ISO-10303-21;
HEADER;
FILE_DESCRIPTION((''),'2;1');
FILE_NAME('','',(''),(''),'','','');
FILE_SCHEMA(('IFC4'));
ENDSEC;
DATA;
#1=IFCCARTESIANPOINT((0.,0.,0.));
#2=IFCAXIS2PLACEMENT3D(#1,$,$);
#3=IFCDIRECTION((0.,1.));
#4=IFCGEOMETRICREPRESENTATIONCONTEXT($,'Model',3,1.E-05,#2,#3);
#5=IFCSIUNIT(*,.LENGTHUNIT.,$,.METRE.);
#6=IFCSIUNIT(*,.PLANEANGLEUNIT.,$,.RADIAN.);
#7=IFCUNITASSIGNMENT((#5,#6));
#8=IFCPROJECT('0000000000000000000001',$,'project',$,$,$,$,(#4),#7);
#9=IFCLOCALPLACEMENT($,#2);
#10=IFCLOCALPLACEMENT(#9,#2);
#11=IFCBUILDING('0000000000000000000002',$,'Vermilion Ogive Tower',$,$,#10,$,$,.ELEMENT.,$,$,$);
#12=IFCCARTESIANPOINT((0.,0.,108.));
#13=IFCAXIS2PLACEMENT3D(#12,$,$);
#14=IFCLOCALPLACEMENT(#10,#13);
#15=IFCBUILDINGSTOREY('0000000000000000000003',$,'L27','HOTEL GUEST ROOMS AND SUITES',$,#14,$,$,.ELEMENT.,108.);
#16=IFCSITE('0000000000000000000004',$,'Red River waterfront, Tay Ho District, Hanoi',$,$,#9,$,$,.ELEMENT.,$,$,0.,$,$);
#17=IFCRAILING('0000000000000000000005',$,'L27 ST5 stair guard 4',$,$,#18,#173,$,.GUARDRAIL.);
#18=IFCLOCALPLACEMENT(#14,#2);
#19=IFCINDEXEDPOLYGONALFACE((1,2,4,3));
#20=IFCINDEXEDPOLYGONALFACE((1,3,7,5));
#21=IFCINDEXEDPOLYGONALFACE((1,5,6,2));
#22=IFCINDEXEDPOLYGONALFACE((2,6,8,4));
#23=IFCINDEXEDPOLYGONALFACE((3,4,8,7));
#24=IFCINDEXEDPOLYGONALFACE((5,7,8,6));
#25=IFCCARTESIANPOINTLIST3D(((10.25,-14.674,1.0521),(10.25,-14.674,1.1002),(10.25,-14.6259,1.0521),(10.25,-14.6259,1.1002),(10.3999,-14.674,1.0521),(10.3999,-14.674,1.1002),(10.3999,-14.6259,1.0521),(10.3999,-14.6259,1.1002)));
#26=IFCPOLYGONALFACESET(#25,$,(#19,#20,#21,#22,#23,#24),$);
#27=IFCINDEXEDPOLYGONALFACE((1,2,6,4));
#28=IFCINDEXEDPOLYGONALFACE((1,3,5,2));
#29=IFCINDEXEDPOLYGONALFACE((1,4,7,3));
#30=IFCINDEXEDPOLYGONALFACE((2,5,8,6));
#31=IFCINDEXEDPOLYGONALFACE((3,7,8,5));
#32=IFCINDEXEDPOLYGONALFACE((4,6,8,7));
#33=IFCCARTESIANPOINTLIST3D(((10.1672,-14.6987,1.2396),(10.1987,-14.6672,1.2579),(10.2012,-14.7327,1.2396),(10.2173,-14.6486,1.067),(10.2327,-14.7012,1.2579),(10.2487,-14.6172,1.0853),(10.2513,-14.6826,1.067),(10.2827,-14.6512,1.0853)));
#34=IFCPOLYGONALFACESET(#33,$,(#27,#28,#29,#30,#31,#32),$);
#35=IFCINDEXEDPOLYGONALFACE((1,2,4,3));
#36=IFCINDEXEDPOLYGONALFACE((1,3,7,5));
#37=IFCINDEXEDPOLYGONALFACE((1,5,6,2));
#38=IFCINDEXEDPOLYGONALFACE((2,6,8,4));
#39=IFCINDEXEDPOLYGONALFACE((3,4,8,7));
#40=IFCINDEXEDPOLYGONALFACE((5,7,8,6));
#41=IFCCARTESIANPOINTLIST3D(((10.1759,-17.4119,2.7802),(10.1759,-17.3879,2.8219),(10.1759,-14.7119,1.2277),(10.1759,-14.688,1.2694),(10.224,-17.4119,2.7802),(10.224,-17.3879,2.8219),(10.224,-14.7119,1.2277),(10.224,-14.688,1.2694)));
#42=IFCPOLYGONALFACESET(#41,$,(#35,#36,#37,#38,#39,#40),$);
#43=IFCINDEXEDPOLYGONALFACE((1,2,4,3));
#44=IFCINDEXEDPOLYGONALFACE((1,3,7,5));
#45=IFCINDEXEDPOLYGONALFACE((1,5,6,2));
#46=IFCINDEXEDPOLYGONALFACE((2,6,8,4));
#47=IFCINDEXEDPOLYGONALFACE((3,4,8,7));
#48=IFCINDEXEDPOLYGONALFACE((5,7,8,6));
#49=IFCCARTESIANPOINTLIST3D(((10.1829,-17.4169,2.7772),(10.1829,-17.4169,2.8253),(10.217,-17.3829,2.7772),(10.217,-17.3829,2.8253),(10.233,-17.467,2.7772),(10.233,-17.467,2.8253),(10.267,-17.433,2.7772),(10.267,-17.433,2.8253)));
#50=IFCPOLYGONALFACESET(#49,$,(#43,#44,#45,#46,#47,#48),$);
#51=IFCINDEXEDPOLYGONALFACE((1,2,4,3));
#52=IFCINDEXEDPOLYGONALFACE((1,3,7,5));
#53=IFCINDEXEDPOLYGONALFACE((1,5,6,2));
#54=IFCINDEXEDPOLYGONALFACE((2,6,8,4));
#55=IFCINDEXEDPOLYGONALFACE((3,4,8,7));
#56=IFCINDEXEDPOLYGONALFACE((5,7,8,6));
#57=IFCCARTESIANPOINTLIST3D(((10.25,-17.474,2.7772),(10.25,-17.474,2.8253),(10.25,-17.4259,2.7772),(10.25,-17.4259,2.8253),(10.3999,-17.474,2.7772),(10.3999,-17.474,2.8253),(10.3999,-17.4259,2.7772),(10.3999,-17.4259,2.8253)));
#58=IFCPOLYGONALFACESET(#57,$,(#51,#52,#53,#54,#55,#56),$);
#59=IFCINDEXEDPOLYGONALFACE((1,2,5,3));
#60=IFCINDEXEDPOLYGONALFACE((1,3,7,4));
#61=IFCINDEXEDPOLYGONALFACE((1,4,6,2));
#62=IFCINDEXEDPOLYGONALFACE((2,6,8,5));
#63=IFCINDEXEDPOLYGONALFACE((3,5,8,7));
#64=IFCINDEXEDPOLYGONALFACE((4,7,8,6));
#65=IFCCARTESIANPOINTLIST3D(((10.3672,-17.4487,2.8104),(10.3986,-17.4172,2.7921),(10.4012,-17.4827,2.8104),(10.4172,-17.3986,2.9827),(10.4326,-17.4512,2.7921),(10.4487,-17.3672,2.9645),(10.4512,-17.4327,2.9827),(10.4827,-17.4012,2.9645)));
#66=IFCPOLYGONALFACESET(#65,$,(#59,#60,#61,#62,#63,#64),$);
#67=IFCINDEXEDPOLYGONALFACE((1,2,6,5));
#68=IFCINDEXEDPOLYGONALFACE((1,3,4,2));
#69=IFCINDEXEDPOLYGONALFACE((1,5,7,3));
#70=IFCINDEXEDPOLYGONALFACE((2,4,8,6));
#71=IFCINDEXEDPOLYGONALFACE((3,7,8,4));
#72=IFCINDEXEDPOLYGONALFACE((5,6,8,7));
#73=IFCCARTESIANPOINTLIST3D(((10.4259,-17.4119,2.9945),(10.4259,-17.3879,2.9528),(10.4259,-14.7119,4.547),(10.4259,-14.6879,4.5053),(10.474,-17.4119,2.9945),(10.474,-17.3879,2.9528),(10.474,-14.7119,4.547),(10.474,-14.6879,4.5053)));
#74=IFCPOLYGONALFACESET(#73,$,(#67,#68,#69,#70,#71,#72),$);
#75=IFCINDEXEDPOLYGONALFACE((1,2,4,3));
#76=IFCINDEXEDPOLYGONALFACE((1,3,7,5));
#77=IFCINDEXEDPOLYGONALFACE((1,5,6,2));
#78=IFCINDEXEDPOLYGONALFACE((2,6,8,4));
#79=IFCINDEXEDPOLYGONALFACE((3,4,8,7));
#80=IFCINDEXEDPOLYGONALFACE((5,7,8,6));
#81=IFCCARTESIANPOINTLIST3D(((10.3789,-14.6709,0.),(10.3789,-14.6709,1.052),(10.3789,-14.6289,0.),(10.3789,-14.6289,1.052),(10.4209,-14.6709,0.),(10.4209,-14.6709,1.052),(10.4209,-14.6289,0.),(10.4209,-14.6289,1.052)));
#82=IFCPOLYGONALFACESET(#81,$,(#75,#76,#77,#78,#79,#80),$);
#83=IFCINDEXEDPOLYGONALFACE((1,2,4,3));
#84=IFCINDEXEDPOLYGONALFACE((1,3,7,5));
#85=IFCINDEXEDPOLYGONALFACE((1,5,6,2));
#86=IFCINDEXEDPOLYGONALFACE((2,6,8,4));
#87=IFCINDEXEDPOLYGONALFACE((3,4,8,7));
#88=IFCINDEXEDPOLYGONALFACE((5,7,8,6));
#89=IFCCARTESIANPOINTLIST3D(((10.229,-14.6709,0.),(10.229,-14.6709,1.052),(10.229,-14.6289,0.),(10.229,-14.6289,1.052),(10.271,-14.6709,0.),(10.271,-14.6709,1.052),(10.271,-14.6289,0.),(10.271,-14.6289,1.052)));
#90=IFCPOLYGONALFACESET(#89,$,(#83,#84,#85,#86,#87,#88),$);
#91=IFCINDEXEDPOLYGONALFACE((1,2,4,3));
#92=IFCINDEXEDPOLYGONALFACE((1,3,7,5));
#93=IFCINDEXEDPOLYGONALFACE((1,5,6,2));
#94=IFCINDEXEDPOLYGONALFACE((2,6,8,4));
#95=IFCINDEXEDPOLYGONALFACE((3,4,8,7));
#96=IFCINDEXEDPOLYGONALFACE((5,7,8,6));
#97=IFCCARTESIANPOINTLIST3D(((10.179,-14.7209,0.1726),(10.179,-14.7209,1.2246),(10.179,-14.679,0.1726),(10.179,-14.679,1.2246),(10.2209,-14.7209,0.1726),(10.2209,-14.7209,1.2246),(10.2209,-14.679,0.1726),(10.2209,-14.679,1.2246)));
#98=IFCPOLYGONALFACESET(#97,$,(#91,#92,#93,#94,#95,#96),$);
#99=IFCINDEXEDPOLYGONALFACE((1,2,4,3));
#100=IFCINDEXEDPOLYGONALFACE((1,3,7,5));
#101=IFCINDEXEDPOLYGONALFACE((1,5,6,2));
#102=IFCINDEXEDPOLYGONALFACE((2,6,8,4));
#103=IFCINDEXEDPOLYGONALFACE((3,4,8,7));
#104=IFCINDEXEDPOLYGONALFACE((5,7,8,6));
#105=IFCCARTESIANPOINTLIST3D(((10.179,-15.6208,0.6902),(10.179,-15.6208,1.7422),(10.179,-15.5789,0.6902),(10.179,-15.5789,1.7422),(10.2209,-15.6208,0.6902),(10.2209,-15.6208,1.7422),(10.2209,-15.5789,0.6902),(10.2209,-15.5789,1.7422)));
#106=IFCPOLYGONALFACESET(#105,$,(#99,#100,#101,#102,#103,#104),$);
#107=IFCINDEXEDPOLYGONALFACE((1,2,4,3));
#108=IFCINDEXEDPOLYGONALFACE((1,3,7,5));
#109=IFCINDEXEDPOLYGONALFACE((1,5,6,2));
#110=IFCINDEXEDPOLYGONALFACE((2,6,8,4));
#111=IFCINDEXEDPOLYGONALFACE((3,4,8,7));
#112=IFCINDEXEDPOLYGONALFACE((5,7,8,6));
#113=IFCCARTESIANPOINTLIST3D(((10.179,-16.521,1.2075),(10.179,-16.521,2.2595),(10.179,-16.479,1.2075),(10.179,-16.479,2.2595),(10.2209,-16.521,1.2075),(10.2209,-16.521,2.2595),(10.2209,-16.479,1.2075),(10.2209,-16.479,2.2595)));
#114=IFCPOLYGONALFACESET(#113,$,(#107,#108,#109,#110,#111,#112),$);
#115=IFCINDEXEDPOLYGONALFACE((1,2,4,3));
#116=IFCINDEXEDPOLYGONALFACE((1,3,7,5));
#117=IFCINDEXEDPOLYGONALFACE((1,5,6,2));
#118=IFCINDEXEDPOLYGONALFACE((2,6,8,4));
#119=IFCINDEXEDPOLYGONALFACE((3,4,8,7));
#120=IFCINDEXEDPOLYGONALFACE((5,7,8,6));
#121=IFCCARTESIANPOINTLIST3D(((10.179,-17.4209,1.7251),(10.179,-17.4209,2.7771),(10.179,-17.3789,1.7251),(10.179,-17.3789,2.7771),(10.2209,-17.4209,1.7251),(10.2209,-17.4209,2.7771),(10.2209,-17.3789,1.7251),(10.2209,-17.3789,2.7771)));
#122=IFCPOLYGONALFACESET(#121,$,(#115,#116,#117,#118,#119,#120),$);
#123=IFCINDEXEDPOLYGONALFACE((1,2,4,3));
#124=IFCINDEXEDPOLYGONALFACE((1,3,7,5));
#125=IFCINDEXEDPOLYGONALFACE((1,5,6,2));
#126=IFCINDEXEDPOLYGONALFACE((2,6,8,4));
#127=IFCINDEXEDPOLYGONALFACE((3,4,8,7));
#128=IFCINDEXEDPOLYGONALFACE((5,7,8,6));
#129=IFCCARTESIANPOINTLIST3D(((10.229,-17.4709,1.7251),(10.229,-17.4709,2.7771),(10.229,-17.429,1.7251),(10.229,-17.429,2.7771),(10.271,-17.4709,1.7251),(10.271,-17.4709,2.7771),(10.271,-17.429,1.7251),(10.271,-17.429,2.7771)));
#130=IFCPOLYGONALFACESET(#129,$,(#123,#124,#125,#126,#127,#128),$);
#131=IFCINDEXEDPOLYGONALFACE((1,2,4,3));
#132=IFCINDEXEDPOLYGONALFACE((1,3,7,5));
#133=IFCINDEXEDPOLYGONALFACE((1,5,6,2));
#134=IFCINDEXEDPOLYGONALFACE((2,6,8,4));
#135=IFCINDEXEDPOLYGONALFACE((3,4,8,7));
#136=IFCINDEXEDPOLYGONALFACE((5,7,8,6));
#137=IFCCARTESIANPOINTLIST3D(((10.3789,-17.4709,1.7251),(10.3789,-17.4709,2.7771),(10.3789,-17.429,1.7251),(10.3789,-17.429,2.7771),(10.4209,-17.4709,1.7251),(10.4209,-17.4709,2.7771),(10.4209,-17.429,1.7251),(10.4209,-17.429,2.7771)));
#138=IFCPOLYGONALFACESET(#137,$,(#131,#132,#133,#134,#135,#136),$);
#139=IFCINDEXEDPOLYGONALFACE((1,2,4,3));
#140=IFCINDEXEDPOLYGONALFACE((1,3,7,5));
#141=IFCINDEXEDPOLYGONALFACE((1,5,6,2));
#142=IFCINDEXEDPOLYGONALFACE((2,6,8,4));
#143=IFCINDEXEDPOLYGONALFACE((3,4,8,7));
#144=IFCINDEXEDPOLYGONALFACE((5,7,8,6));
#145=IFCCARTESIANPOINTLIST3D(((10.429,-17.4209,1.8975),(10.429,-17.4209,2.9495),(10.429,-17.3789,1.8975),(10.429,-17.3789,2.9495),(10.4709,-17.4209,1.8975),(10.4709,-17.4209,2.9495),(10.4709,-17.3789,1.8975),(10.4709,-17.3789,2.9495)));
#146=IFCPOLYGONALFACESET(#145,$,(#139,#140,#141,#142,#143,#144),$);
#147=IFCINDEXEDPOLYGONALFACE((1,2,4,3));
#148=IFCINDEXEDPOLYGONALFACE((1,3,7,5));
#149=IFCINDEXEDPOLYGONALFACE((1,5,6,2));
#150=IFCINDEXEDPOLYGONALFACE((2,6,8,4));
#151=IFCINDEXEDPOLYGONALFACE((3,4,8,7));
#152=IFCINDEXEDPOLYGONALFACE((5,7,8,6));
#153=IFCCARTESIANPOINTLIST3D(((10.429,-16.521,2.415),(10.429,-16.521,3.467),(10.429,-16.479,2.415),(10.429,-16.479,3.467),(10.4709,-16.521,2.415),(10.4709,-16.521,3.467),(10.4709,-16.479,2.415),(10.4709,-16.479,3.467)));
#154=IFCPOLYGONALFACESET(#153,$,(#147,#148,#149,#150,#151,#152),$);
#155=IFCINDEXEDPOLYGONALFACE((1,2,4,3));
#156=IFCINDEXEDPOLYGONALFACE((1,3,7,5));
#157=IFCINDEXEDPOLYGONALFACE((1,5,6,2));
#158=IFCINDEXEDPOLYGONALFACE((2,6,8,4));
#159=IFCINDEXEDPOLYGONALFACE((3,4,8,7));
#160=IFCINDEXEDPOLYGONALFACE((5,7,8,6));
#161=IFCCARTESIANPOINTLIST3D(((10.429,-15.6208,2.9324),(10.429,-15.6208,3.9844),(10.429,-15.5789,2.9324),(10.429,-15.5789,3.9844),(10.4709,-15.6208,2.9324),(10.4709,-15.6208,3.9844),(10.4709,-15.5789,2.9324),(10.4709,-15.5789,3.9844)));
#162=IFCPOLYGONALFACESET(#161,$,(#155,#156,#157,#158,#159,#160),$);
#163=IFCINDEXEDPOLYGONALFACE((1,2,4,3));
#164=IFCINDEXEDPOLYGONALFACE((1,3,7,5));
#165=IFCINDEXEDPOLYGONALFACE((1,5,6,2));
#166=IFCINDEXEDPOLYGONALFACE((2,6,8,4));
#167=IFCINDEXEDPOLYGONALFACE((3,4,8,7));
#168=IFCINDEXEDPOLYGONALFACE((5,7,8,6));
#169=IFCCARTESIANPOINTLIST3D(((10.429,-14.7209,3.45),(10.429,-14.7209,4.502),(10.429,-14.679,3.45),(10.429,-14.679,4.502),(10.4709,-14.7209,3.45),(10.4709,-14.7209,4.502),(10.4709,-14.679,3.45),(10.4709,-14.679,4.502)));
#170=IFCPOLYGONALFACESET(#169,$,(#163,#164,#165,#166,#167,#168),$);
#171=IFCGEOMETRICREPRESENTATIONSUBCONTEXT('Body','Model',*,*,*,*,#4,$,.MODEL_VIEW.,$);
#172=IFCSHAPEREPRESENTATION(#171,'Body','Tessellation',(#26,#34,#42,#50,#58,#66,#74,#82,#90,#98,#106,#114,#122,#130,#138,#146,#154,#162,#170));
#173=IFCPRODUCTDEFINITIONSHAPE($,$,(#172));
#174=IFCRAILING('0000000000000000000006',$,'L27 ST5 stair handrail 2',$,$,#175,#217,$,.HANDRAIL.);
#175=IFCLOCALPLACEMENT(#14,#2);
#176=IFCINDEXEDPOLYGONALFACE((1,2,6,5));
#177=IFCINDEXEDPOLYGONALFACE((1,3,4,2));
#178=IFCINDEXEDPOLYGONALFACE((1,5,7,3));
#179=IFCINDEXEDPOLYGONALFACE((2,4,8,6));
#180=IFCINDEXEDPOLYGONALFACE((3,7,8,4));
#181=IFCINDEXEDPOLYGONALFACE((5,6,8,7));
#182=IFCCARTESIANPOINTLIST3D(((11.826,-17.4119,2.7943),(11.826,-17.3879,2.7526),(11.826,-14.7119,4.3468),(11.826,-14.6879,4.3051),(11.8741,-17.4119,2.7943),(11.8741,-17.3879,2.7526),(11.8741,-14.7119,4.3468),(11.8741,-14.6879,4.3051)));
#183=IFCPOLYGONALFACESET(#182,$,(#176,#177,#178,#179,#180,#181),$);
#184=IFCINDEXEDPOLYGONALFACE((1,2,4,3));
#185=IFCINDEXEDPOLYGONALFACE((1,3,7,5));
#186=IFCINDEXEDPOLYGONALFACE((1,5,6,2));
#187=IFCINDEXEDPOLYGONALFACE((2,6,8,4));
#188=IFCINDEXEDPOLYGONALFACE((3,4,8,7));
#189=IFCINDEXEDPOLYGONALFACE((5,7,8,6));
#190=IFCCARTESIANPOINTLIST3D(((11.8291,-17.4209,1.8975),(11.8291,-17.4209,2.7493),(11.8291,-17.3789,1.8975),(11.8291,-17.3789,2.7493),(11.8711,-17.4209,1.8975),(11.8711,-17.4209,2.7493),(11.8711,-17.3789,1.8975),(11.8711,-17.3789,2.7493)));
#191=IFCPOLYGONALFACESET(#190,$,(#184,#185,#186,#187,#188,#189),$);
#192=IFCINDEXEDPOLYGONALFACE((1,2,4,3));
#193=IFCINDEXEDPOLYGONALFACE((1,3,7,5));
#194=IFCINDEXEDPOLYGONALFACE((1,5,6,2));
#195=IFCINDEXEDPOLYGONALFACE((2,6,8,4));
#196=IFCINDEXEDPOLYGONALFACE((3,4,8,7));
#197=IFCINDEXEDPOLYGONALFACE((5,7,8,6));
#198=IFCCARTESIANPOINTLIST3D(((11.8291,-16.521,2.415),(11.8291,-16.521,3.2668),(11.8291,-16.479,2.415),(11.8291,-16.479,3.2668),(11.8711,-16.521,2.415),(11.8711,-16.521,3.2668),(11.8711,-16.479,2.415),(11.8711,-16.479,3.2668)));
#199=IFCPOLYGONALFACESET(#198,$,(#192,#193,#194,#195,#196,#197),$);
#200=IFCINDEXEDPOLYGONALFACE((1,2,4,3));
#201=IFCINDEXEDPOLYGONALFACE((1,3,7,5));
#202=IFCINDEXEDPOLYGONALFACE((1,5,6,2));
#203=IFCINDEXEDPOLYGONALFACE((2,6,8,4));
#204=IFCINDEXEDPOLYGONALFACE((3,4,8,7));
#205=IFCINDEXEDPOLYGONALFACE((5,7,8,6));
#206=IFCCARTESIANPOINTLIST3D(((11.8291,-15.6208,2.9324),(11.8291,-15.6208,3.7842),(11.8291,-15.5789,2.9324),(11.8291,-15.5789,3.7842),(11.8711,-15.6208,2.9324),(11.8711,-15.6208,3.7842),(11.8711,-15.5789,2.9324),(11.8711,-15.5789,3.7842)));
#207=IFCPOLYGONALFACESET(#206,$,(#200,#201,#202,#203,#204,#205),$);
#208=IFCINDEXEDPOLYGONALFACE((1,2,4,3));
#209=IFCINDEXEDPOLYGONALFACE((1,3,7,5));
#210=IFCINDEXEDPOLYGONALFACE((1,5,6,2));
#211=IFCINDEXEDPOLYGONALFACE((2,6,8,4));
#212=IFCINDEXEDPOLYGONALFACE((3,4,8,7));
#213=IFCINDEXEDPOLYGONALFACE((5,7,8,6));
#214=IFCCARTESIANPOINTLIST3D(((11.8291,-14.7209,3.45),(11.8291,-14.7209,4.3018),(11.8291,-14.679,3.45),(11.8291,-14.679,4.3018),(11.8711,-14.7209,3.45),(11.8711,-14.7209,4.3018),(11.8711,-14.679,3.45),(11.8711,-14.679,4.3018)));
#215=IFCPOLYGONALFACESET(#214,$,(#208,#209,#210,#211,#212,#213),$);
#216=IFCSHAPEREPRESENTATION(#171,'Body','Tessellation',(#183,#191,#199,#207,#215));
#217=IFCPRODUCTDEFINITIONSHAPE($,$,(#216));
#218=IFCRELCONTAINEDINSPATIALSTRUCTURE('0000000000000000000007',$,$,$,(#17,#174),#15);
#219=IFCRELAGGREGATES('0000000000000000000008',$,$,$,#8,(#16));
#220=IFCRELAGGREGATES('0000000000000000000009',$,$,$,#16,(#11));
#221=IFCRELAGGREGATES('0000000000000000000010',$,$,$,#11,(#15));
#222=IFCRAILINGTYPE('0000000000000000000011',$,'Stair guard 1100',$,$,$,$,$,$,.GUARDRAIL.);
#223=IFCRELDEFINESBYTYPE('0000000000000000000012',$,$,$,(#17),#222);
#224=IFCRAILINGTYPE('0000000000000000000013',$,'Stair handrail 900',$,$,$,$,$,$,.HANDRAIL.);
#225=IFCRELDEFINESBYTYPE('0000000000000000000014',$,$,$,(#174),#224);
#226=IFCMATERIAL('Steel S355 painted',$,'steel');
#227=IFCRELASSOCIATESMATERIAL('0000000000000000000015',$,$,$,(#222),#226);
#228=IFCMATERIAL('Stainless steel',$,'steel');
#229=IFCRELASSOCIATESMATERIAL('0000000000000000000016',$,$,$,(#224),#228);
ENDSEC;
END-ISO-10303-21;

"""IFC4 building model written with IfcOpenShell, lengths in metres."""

from ifc_helpers import new_model, si_unit, direction, frame, origin, origin_2d, place, context, subcontext, project, spatial, rectangle, extrude, material, type_object, element, save


model = new_model("IFC4")

# Units and contexts
model_context = context("Model", 3, precision=1e-05, world=origin(), true_north=direction((0.0, 1.0)))
body_context = subcontext(model_context, "Body", "Model", "MODEL_VIEW")
ifc_project = project(units=[si_unit("LENGTHUNIT", "METRE"), si_unit("PLANEANGLEUNIT", "RADIAN")], contexts=[model_context])

# Site, building, storey
site_placement = place(None, origin())
site = spatial("IfcSite", under=ifc_project, at=site_placement, Name="Red River waterfront, Tay Ho District, Hanoi", CompositionType="ELEMENT", RefElevation=0.0)
building_placement = place(site_placement, origin())
building = spatial("IfcBuilding", under=site, at=building_placement, Name="Vermilion Ogive Tower", CompositionType="ELEMENT")
storey_placement = place(building_placement, frame((0.0, 0.0, 108.0)))
storey = spatial("IfcBuildingStorey", under=building, at=storey_placement, Name="L27", Description="HOTEL GUEST ROOMS AND SUITES", CompositionType="ELEMENT", Elevation=108.0)

# Railings
ifc_material_1 = material(Name="Steel S355 painted", Category="steel")
railing_type_1 = type_object("IfcRailingType", Name="Stair guard 1100", PredefinedType="GUARDRAIL", material=ifc_material_1)
railing_1_placement = place(storey_placement, frame((10.3999, -14.6499, 0.0)))
element("IfcRailing", 1, at=railing_1_placement, inside=storey, type_object=railing_type_1, Name="L27 ST5 stair guard 4", PredefinedType="GUARDRAIL", context=body_context, shape_type="SweptSolid", body=[
    extrude(rectangle(XDim=0.0481, YDim=0.0481, at=origin_2d()), frame((0.0, 0.0, 1.0762), z_axis=(-1.0, 0.0, 0.0), x_axis=(0.0, -1.0, 0.0)), (0.0, 0.0, 1.0), 0.1499),
    extrude(rectangle(XDim=0.0481, YDim=0.0481, at=origin_2d()), frame((-0.1499, 0.0, 1.0762), z_axis=(-0.268278, -0.268278, 0.925232), x_axis=(0.707107, -0.707107, 0.0)), (0.0, 0.0, 1.0), 0.1865),
    extrude(rectangle(XDim=0.0481, YDim=0.0481, at=origin_2d()), frame((-0.2, -0.05, 1.2485), z_axis=(0.0, -0.866904, 0.498476), x_axis=(1.0, 0.0, 0.0)), (0.0, 0.0, 1.0), 3.1145),
    extrude(rectangle(XDim=0.0481, YDim=0.0481, at=origin_2d()), frame((-0.2, -2.75, 2.8013), z_axis=(0.707107, -0.707107, 0.0), x_axis=(0.707107, 0.707107, 0.0)), (0.0, 0.0, 1.0), 0.0708),
    extrude(rectangle(XDim=0.0481, YDim=0.0481, at=origin_2d()), frame((-0.1499, -2.8, 2.8013), z_axis=(1.0, 0.0, 0.0), x_axis=(0.0, 1.0, 0.0)), (0.0, 0.0, 1.0), 0.1499),
    extrude(rectangle(XDim=0.0481, YDim=0.0481, at=origin_2d()), frame((0.0, -2.8, 2.8013), z_axis=(0.268603, 0.268603, 0.925043), x_axis=(-0.707107, 0.707107, 0.0)), (0.0, 0.0, 1.0), 0.1863),
    extrude(rectangle(XDim=0.0481, YDim=0.0481, at=origin_2d()), frame((0.05, -2.75, 2.9736), z_axis=(0.0, 0.866904, 0.498476), x_axis=(-1.0, 0.0, 0.0)), (0.0, 0.0, 1.0), 3.1145),
    extrude(rectangle(XDim=0.042, YDim=0.042, at=origin_2d()), origin(), (0.0, 0.0, 1.0), 1.052),
    extrude(rectangle(XDim=0.042, YDim=0.042, at=origin_2d()), frame((-0.1499, 0.0, 0.0)), (0.0, 0.0, 1.0), 1.052),
    extrude(rectangle(XDim=0.042, YDim=0.042, at=origin_2d()), frame((-0.2, -0.05, 0.1726)), (0.0, 0.0, 1.0), 1.052),
    extrude(rectangle(XDim=0.042, YDim=0.042, at=origin_2d()), frame((-0.2, -0.95, 0.6902)), (0.0, 0.0, 1.0), 1.052),
    extrude(rectangle(XDim=0.042, YDim=0.042, at=origin_2d()), frame((-0.2, -1.8501, 1.2075)), (0.0, 0.0, 1.0), 1.052),
    extrude(rectangle(XDim=0.042, YDim=0.042, at=origin_2d()), frame((-0.2, -2.75, 1.7251)), (0.0, 0.0, 1.0), 1.052),
    extrude(rectangle(XDim=0.042, YDim=0.042, at=origin_2d()), frame((-0.1499, -2.8, 1.7251)), (0.0, 0.0, 1.0), 1.052),
    extrude(rectangle(XDim=0.042, YDim=0.042, at=origin_2d()), frame((0.0, -2.8, 1.7251)), (0.0, 0.0, 1.0), 1.052),
    extrude(rectangle(XDim=0.042, YDim=0.042, at=origin_2d()), frame((0.05, -2.75, 1.8975)), (0.0, 0.0, 1.0), 1.052),
    extrude(rectangle(XDim=0.042, YDim=0.042, at=origin_2d()), frame((0.05, -1.8501, 2.415)), (0.0, 0.0, 1.0), 1.052),
    extrude(rectangle(XDim=0.042, YDim=0.042, at=origin_2d()), frame((0.05, -0.95, 2.9324)), (0.0, 0.0, 1.0), 1.052),
    extrude(rectangle(XDim=0.042, YDim=0.042, at=origin_2d()), frame((0.05, -0.05, 3.45)), (0.0, 0.0, 1.0), 1.052),
])
ifc_material_2 = material(Name="Stainless steel", Category="steel")
railing_type_2 = type_object("IfcRailingType", Name="Stair handrail 900", PredefinedType="HANDRAIL", material=ifc_material_2)
railing_2_placement = place(storey_placement, frame((11.8501, -17.3999, 1.8975)))
element("IfcRailing", 2, at=railing_2_placement, inside=storey, type_object=railing_type_2, Name="L27 ST5 stair handrail 2", PredefinedType="HANDRAIL", context=body_context, shape_type="SweptSolid", body=[
    extrude(rectangle(XDim=0.0481, YDim=0.0481, at=origin_2d()), frame((0.0, 0.0, 0.876), z_axis=(0.0, 0.866904, 0.498476), x_axis=(-1.0, 0.0, 0.0)), (0.0, 0.0, 1.0), 3.1145),
    extrude(rectangle(XDim=0.042, YDim=0.042, at=origin_2d()), origin(), (0.0, 0.0, 1.0), 0.8518),
    extrude(rectangle(XDim=0.042, YDim=0.042, at=origin_2d()), frame((0.0, 0.8999, 0.5176)), (0.0, 0.0, 1.0), 0.8518),
    extrude(rectangle(XDim=0.042, YDim=0.042, at=origin_2d()), frame((0.0, 1.8, 1.0349)), (0.0, 0.0, 1.0), 0.8518),
    extrude(rectangle(XDim=0.042, YDim=0.042, at=origin_2d()), frame((0.0, 2.7, 1.5525)), (0.0, 0.0, 1.0), 0.8518),
])

save(model, "model.ifc")
